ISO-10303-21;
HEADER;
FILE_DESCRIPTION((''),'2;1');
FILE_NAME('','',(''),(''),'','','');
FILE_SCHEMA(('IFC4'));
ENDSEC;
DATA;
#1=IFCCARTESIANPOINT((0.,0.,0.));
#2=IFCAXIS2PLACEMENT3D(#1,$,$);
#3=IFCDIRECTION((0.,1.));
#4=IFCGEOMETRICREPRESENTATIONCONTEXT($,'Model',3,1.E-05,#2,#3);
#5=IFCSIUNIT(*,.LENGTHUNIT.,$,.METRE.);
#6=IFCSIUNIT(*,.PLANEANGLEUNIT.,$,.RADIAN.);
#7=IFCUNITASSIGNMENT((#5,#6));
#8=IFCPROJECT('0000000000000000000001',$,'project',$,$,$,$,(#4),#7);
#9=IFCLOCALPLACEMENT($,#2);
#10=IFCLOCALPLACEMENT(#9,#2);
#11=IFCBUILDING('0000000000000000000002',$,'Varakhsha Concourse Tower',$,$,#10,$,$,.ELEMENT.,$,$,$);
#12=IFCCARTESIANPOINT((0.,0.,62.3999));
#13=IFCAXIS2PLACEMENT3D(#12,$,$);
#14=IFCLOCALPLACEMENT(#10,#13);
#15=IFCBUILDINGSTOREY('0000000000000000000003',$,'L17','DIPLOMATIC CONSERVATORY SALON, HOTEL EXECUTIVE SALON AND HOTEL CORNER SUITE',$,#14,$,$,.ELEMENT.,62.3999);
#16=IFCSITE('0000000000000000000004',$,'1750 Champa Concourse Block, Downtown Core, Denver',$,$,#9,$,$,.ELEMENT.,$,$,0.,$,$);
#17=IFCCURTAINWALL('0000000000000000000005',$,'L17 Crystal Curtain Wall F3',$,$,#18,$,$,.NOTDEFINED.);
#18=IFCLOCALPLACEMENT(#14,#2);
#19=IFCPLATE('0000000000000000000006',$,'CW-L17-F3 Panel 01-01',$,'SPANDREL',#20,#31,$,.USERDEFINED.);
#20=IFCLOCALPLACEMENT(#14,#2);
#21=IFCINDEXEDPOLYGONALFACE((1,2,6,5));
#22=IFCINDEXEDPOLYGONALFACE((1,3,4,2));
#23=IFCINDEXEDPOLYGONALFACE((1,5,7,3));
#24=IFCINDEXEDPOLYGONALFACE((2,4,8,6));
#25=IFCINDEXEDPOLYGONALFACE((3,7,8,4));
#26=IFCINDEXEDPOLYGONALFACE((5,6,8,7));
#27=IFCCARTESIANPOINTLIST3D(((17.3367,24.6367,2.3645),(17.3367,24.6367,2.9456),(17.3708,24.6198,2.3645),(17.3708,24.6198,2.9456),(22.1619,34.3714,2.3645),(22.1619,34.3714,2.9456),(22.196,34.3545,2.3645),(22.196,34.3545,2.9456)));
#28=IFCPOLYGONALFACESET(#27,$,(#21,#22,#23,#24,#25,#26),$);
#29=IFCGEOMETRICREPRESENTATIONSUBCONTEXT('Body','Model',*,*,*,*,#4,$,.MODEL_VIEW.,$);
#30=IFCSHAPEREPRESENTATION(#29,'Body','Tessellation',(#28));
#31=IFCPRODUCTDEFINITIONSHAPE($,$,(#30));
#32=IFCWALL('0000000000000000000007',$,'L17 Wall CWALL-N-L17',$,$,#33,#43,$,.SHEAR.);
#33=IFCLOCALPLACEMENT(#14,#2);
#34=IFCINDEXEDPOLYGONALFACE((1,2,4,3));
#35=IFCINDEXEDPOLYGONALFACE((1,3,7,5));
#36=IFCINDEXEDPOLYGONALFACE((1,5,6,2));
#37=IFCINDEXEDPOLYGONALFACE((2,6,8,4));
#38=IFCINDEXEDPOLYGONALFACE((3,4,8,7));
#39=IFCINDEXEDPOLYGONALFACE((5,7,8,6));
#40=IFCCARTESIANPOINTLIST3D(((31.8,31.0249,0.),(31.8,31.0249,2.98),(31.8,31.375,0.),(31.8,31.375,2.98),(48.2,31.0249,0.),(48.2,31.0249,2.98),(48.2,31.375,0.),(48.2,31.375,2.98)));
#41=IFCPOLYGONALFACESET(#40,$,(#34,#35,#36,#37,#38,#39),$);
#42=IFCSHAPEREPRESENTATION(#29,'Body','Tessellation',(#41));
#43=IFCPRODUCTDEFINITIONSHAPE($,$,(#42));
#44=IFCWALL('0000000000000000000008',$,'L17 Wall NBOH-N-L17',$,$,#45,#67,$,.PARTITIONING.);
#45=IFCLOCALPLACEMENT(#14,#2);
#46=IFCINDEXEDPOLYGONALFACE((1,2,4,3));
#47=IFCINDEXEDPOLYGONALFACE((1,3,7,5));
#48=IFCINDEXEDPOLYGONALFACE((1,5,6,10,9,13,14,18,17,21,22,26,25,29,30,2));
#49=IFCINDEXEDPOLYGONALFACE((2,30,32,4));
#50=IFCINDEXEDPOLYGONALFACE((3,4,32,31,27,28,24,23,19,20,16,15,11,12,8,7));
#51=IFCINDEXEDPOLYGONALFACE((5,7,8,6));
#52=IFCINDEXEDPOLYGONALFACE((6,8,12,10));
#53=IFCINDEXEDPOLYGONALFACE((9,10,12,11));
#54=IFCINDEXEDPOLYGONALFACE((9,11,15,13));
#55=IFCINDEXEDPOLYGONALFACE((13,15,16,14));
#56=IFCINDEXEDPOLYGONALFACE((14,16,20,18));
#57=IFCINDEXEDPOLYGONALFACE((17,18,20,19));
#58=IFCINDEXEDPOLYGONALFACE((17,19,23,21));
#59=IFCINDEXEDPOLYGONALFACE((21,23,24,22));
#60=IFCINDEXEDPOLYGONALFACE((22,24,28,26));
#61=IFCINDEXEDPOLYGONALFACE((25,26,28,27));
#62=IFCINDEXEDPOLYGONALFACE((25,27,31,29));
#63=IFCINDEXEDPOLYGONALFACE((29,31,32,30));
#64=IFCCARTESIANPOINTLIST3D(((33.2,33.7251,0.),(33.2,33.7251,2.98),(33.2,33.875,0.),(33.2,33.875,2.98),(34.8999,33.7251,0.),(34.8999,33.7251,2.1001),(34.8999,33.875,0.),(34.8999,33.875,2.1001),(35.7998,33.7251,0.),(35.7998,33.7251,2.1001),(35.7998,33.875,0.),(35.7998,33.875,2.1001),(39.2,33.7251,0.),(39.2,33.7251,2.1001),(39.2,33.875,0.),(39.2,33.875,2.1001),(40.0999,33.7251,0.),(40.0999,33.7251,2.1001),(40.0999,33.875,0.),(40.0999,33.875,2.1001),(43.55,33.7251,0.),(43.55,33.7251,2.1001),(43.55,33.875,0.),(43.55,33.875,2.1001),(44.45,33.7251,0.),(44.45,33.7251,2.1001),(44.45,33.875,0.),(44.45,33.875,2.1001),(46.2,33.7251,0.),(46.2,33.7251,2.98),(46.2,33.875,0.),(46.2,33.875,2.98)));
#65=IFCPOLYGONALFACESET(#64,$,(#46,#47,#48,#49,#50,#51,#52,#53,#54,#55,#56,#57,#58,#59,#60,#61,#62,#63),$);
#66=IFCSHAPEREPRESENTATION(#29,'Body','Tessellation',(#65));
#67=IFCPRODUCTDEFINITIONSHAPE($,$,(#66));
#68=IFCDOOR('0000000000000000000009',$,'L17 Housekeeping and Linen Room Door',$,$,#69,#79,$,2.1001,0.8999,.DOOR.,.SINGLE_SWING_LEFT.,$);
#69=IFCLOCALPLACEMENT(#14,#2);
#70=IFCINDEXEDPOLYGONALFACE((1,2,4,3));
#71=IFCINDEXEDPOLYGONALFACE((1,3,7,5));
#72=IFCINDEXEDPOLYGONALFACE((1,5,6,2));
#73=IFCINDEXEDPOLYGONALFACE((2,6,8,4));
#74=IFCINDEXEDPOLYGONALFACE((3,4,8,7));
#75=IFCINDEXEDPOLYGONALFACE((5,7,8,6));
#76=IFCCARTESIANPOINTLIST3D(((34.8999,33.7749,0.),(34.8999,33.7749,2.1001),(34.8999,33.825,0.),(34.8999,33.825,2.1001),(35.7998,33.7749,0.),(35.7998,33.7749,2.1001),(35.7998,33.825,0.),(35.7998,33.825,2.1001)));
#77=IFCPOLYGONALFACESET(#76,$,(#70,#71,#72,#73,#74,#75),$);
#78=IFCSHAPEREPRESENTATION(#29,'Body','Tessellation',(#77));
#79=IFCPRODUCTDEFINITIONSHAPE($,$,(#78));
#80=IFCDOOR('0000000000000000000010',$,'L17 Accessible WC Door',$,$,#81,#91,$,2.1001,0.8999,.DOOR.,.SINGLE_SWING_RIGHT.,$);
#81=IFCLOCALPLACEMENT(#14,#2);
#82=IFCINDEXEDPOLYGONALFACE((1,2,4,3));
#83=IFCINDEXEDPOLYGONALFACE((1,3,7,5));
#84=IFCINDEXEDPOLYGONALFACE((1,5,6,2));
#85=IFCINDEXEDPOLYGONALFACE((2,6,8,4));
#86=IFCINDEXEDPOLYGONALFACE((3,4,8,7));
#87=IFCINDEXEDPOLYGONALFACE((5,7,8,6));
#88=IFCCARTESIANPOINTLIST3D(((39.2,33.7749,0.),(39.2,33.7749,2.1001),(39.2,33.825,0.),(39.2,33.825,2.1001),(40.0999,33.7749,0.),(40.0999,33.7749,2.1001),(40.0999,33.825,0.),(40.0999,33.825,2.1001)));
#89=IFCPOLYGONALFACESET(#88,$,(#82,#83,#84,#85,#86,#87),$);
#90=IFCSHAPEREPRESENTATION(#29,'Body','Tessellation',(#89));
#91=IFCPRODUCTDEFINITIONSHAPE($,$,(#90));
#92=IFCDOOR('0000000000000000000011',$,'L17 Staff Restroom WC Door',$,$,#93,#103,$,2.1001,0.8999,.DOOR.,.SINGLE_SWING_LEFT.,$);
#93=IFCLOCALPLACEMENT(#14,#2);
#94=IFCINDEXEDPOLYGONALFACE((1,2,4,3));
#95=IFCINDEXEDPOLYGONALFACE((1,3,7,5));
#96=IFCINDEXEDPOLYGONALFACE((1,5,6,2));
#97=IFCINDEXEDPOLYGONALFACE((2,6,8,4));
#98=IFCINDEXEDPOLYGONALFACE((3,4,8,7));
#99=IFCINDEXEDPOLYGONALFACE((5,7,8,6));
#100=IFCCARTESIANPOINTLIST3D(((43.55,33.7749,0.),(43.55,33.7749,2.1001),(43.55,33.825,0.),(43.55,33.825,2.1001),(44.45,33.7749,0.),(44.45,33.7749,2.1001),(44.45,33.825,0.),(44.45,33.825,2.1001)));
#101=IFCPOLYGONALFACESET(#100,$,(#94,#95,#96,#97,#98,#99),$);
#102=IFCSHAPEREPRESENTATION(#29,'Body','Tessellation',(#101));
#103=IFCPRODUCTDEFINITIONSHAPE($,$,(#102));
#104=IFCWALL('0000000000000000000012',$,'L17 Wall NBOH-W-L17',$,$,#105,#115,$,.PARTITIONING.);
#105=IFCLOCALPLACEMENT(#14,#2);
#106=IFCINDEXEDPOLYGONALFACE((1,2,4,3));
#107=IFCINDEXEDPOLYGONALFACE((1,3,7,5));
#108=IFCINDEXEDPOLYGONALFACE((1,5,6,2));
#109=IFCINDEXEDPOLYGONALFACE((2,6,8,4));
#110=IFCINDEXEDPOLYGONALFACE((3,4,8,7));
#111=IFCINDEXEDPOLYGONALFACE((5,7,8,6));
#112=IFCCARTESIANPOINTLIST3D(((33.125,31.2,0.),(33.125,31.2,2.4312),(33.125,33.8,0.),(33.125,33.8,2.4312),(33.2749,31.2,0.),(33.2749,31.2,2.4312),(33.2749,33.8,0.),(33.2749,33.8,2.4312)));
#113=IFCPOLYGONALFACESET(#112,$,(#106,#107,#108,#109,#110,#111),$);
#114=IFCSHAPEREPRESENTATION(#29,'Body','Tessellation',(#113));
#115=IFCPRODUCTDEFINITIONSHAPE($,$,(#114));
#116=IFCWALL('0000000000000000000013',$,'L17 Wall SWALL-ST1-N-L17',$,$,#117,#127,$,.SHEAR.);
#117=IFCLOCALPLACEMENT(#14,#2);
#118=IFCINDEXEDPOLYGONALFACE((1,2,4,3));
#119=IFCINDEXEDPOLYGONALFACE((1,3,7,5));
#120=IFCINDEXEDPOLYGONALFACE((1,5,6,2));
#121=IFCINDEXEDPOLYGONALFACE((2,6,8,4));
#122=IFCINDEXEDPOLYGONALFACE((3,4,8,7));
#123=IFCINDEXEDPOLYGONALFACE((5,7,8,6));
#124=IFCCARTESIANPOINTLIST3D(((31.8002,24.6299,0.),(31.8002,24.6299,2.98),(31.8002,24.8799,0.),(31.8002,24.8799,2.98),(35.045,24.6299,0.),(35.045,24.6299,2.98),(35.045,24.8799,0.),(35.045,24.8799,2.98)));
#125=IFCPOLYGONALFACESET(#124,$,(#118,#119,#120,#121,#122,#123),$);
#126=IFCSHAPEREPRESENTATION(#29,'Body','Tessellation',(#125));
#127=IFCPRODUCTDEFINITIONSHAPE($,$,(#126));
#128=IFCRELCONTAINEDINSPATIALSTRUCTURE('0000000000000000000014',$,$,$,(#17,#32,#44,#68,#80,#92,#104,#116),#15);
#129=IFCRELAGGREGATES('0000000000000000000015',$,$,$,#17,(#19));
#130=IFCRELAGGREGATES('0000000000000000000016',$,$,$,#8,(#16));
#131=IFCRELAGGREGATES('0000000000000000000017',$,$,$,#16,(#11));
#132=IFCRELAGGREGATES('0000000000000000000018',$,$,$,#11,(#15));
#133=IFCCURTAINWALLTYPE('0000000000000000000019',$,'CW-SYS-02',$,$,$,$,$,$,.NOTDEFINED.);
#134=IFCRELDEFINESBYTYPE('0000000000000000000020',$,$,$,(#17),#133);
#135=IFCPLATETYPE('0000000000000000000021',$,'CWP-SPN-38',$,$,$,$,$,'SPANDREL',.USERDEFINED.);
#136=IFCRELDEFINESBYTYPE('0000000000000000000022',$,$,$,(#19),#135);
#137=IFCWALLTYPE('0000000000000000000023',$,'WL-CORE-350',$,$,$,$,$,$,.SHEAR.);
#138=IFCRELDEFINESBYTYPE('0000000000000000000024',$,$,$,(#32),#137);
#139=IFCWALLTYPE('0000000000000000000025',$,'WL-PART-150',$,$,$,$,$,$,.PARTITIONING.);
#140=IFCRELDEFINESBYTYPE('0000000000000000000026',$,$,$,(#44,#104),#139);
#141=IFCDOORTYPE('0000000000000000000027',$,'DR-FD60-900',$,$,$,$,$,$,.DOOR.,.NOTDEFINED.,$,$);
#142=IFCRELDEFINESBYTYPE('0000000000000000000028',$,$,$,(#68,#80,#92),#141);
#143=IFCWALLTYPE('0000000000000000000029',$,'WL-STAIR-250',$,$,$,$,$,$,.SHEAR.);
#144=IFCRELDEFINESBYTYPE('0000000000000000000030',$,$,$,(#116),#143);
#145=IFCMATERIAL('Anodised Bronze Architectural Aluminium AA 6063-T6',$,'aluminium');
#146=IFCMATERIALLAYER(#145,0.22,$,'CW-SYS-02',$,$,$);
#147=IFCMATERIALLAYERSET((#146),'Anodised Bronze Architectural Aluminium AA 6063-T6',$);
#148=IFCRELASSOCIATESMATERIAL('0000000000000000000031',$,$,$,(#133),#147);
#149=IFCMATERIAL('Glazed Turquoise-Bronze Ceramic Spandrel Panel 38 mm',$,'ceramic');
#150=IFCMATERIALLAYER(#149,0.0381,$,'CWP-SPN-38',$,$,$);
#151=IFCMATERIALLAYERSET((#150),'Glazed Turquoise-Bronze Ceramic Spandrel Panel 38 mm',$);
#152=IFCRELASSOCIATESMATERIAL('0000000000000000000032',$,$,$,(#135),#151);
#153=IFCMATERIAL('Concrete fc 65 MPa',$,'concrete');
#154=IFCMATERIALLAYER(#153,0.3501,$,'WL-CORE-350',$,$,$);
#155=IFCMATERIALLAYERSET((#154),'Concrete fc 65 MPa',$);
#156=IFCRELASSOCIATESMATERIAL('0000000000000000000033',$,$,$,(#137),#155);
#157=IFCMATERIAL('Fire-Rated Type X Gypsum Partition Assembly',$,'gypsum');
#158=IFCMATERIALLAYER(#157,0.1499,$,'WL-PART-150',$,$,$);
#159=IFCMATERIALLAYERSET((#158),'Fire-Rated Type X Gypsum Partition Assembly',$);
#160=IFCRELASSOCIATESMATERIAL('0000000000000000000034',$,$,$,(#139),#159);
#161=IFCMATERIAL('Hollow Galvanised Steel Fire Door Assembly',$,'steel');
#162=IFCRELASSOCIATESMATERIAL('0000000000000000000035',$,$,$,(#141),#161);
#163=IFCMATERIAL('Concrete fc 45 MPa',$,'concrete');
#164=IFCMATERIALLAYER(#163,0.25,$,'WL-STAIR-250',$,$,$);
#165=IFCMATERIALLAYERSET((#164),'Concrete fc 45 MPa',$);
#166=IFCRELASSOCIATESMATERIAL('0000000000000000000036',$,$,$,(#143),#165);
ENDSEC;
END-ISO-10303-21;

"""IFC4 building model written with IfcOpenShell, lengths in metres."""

from ifc_helpers import new_model, si_unit, direction, frame, frame_2d, origin, origin_2d, place, context, subcontext, project, spatial, rectangle, extrude, source, transform, mapped, material, layer, layer_set, type_object, type_shapes, element, fill, aggregate, save


model = new_model("IFC4")

# Units and contexts
model_context = context("Model", 3, precision=1e-05, world=origin(), true_north=direction((0.0, 1.0)))
body_context = subcontext(model_context, "Body", "Model", "MODEL_VIEW")
ifc_project = project(units=[si_unit("LENGTHUNIT", "METRE"), si_unit("PLANEANGLEUNIT", "RADIAN")], contexts=[model_context])

# Site, building, storey
site_placement = place(None, origin())
site = spatial("IfcSite", under=ifc_project, at=site_placement, Name="1750 Champa Concourse Block, Downtown Core, Denver", CompositionType="ELEMENT", RefElevation=0.0)
building_placement = place(site_placement, origin())
building = spatial("IfcBuilding", under=site, at=building_placement, Name="Varakhsha Concourse Tower", CompositionType="ELEMENT")
storey_placement = place(building_placement, frame((0.0, 0.0, 62.3999)))
storey = spatial("IfcBuildingStorey", under=building, at=storey_placement, Name="L17", Description="DIPLOMATIC CONSERVATORY SALON, HOTEL EXECUTIVE SALON AND HOTEL CORNER SUITE", CompositionType="ELEMENT", Elevation=62.3999)

# Shared definitions
ifc_material_1 = material(Name="Concrete fc 65 MPa", Category="concrete")

# Curtain wall, plate
ifc_material_2 = material(Name="Anodised Bronze Architectural Aluminium AA 6063-T6", Category="aluminium")
ifc_layer_1 = layer(ifc_material_2, 0.22, Name="CW-SYS-02")
ifc_layer_set_1 = layer_set([ifc_layer_1], Name="Anodised Bronze Architectural Aluminium AA 6063-T6")
curtain_wall_type = type_object("IfcCurtainWallType", Name="CW-SYS-02", PredefinedType="NOTDEFINED", material=ifc_layer_set_1)
curtain_wall_placement = place(storey_placement, origin())
curtain_wall = element("IfcCurtainWall", 1, at=curtain_wall_placement, inside=storey, type_object=curtain_wall_type, Name="L17 Crystal Curtain Wall F3", PredefinedType="NOTDEFINED")
ifc_material_3 = material(Name="Glazed Turquoise-Bronze Ceramic Spandrel Panel 38 mm", Category="ceramic")
ifc_layer_2 = layer(ifc_material_3, 0.0381, Name="CWP-SPN-38")
ifc_layer_set_2 = layer_set([ifc_layer_2], Name="Glazed Turquoise-Bronze Ceramic Spandrel Panel 38 mm")
plate_type_1 = type_object("IfcPlateType", Name="CWP-SPN-38", ElementType="SPANDREL", PredefinedType="USERDEFINED", material=ifc_layer_set_2)
shared_shape_1 = source(origin(), body_context, "Body", "SweptSolid", [
    extrude(rectangle(XDim=10.865, YDim=0.0381, at=origin_2d()), origin(), (0.0, 0.0, 1.0), 0.5811),
])
type_shapes(plate_type_1, [shared_shape_1])
plate_1_placement = place(storey_placement, frame((19.7664, 29.4956, 2.3645), z_axis=(0.0, 0.0, 1.0), x_axis=(0.44411, 0.895972, 0.0)))
plate_1 = element("IfcPlate", 2, at=plate_1_placement, type_object=plate_type_1, Name="CW-L17-F3 Panel 01-01", ObjectType="SPANDREL", PredefinedType="USERDEFINED", context=body_context, shape_type="MappedRepresentation", body=[
    mapped(shared_shape_1, transform((0.0, 0.0, 0.0), scale=1.0)),
])
aggregate(curtain_wall, [plate_1])

# Wall
ifc_layer_3 = layer(ifc_material_1, 0.3501, Name="WL-CORE-350")
ifc_layer_set_3 = layer_set([ifc_layer_3], Name="Concrete fc 65 MPa")
wall_type_1 = type_object("IfcWallType", Name="WL-CORE-350", PredefinedType="SHEAR", material=ifc_layer_set_3)
wall_1_placement = place(storey_placement, frame((31.8, 31.2, 0.0), z_axis=(0.0, 0.0, 1.0), x_axis=(1.0, 0.0, 0.0)))
element("IfcWall", 3, at=wall_1_placement, inside=storey, type_object=wall_type_1, Name="L17 Wall CWALL-N-L17", PredefinedType="SHEAR", context=body_context, shape_type="SweptSolid", body=[
    extrude(rectangle(XDim=16.3999, YDim=0.3501, at=frame_2d((8.2, 0.0))), origin(), (0.0, 0.0, 1.0), 2.98),
])

# Wall, openings, doors
ifc_material_4 = material(Name="Fire-Rated Type X Gypsum Partition Assembly", Category="gypsum")
ifc_layer_4 = layer(ifc_material_4, 0.1499, Name="WL-PART-150")
ifc_layer_set_4 = layer_set([ifc_layer_4], Name="Fire-Rated Type X Gypsum Partition Assembly")
wall_type_2 = type_object("IfcWallType", Name="WL-PART-150", PredefinedType="PARTITIONING", material=ifc_layer_set_4)
wall_2_placement = place(storey_placement, frame((33.2, 33.8, 0.0), z_axis=(0.0, 0.0, 1.0), x_axis=(1.0, 0.0, 0.0)))
wall_2 = element("IfcWall", 4, at=wall_2_placement, inside=storey, type_object=wall_type_2, Name="L17 Wall NBOH-N-L17", PredefinedType="PARTITIONING", context=body_context, shape_type="SweptSolid", body=[
    extrude(rectangle(XDim=13.0, YDim=0.1499, at=frame_2d((6.5, 0.0))), origin(), (0.0, 0.0, 1.0), 2.98),
])
opening_1_placement = place(wall_2_placement, frame((1.7, 0.0, 0.0)))
opening_1 = element("IfcOpeningElement", 5, at=opening_1_placement, cuts=wall_2, PredefinedType="OPENING", context=body_context, shape_type="SweptSolid", body=[
    extrude(rectangle(XDim=0.8999, YDim=2.1001, at=frame_2d((0.45, 1.05))), frame((0.0, 0.085, 0.0), z_axis=(0.0, -1.0, 0.0), x_axis=(1.0, 0.0, 0.0)), (0.0, 0.0, 1.0), 0.1699),
])
opening_2_placement = place(wall_2_placement, frame((6.0, 0.0, 0.0)))
opening_2 = element("IfcOpeningElement", 6, at=opening_2_placement, cuts=wall_2, PredefinedType="OPENING", context=body_context, shape_type="SweptSolid", body=[
    extrude(rectangle(XDim=0.8999, YDim=2.1001, at=frame_2d((0.45, 1.05))), frame((0.0, 0.085, 0.0), z_axis=(0.0, -1.0, 0.0), x_axis=(1.0, 0.0, 0.0)), (0.0, 0.0, 1.0), 0.1699),
])
opening_3_placement = place(wall_2_placement, frame((10.3501, 0.0, 0.0)))
opening_3 = element("IfcOpeningElement", 7, at=opening_3_placement, cuts=wall_2, PredefinedType="OPENING", context=body_context, shape_type="SweptSolid", body=[
    extrude(rectangle(XDim=0.8999, YDim=2.1001, at=frame_2d((0.45, 1.05))), frame((0.0, 0.085, 0.0), z_axis=(0.0, -1.0, 0.0), x_axis=(1.0, 0.0, 0.0)), (0.0, 0.0, 1.0), 0.1699),
])
ifc_material_5 = material(Name="Hollow Galvanised Steel Fire Door Assembly", Category="steel")
door_type_1 = type_object("IfcDoorType", Name="DR-FD60-900", OperationType="NOTDEFINED", PredefinedType="DOOR", material=ifc_material_5)
door_1_placement = place(opening_1_placement, origin())
door_1 = element("IfcDoor", 8, at=door_1_placement, inside=storey, type_object=door_type_1, Name="L17 Housekeeping and Linen Room Door", OperationType="SINGLE_SWING_LEFT", OverallHeight=2.1001, OverallWidth=0.8999, PredefinedType="DOOR", context=body_context, shape_type="SweptSolid", body=[
    extrude(rectangle(XDim=0.8999, YDim=2.1001, at=frame_2d((0.45, 1.05))), frame((0.0, 0.0249, 0.0), z_axis=(0.0, -1.0, 0.0), x_axis=(1.0, 0.0, 0.0)), (0.0, 0.0, 1.0), 0.05),
])
fill(opening_1, door_1)
door_2_placement = place(opening_2_placement, origin())
door_2 = element("IfcDoor", 9, at=door_2_placement, inside=storey, type_object=door_type_1, Name="L17 Accessible WC Door", OperationType="SINGLE_SWING_RIGHT", OverallHeight=2.1001, OverallWidth=0.8999, PredefinedType="DOOR", context=body_context, shape_type="SweptSolid", body=[
    extrude(rectangle(XDim=0.8999, YDim=2.1001, at=frame_2d((0.45, 1.05))), frame((0.0, 0.0249, 0.0), z_axis=(0.0, -1.0, 0.0), x_axis=(1.0, 0.0, 0.0)), (0.0, 0.0, 1.0), 0.05),
])
fill(opening_2, door_2)
door_3_placement = place(opening_3_placement, origin())
door_3 = element("IfcDoor", 10, at=door_3_placement, inside=storey, type_object=door_type_1, Name="L17 Staff Restroom WC Door", OperationType="SINGLE_SWING_LEFT", OverallHeight=2.1001, OverallWidth=0.8999, PredefinedType="DOOR", context=body_context, shape_type="SweptSolid", body=[
    extrude(rectangle(XDim=0.8999, YDim=2.1001, at=frame_2d((0.45, 1.05))), frame((0.0, 0.0249, 0.0), z_axis=(0.0, -1.0, 0.0), x_axis=(1.0, 0.0, 0.0)), (0.0, 0.0, 1.0), 0.05),
])
fill(opening_3, door_3)

# Wall
wall_3_placement = place(storey_placement, frame((33.2, 31.2, 0.0), z_axis=(0.0, 0.0, 1.0), x_axis=(0.0, 1.0, 0.0)))
element("IfcWall", 11, at=wall_3_placement, inside=storey, type_object=wall_type_2, Name="L17 Wall NBOH-W-L17", PredefinedType="PARTITIONING", context=body_context, shape_type="SweptSolid", body=[
    extrude(rectangle(XDim=2.6001, YDim=0.1499, at=frame_2d((1.3, 0.0))), origin(), (0.0, 0.0, 1.0), 2.4312),
])

# Wall
ifc_material_6 = material(Name="Concrete fc 45 MPa", Category="concrete")
ifc_layer_5 = layer(ifc_material_6, 0.25, Name="WL-STAIR-250")
ifc_layer_set_5 = layer_set([ifc_layer_5], Name="Concrete fc 45 MPa")
wall_type_3 = type_object("IfcWallType", Name="WL-STAIR-250", PredefinedType="SHEAR", material=ifc_layer_set_5)
wall_4_placement = place(storey_placement, frame((31.8, 24.7549, 0.0), z_axis=(0.0, 0.0, 1.0), x_axis=(1.0, 0.0, 0.0)))
element("IfcWall", 12, at=wall_4_placement, inside=storey, type_object=wall_type_3, Name="L17 Wall SWALL-ST1-N-L17", PredefinedType="SHEAR", context=body_context, shape_type="SweptSolid", body=[
    extrude(rectangle(XDim=3.2449, YDim=0.25, at=frame_2d((1.6226, 0.0))), origin(), (0.0, 0.0, 1.0), 2.98),
])

save(model, "model.ifc")
